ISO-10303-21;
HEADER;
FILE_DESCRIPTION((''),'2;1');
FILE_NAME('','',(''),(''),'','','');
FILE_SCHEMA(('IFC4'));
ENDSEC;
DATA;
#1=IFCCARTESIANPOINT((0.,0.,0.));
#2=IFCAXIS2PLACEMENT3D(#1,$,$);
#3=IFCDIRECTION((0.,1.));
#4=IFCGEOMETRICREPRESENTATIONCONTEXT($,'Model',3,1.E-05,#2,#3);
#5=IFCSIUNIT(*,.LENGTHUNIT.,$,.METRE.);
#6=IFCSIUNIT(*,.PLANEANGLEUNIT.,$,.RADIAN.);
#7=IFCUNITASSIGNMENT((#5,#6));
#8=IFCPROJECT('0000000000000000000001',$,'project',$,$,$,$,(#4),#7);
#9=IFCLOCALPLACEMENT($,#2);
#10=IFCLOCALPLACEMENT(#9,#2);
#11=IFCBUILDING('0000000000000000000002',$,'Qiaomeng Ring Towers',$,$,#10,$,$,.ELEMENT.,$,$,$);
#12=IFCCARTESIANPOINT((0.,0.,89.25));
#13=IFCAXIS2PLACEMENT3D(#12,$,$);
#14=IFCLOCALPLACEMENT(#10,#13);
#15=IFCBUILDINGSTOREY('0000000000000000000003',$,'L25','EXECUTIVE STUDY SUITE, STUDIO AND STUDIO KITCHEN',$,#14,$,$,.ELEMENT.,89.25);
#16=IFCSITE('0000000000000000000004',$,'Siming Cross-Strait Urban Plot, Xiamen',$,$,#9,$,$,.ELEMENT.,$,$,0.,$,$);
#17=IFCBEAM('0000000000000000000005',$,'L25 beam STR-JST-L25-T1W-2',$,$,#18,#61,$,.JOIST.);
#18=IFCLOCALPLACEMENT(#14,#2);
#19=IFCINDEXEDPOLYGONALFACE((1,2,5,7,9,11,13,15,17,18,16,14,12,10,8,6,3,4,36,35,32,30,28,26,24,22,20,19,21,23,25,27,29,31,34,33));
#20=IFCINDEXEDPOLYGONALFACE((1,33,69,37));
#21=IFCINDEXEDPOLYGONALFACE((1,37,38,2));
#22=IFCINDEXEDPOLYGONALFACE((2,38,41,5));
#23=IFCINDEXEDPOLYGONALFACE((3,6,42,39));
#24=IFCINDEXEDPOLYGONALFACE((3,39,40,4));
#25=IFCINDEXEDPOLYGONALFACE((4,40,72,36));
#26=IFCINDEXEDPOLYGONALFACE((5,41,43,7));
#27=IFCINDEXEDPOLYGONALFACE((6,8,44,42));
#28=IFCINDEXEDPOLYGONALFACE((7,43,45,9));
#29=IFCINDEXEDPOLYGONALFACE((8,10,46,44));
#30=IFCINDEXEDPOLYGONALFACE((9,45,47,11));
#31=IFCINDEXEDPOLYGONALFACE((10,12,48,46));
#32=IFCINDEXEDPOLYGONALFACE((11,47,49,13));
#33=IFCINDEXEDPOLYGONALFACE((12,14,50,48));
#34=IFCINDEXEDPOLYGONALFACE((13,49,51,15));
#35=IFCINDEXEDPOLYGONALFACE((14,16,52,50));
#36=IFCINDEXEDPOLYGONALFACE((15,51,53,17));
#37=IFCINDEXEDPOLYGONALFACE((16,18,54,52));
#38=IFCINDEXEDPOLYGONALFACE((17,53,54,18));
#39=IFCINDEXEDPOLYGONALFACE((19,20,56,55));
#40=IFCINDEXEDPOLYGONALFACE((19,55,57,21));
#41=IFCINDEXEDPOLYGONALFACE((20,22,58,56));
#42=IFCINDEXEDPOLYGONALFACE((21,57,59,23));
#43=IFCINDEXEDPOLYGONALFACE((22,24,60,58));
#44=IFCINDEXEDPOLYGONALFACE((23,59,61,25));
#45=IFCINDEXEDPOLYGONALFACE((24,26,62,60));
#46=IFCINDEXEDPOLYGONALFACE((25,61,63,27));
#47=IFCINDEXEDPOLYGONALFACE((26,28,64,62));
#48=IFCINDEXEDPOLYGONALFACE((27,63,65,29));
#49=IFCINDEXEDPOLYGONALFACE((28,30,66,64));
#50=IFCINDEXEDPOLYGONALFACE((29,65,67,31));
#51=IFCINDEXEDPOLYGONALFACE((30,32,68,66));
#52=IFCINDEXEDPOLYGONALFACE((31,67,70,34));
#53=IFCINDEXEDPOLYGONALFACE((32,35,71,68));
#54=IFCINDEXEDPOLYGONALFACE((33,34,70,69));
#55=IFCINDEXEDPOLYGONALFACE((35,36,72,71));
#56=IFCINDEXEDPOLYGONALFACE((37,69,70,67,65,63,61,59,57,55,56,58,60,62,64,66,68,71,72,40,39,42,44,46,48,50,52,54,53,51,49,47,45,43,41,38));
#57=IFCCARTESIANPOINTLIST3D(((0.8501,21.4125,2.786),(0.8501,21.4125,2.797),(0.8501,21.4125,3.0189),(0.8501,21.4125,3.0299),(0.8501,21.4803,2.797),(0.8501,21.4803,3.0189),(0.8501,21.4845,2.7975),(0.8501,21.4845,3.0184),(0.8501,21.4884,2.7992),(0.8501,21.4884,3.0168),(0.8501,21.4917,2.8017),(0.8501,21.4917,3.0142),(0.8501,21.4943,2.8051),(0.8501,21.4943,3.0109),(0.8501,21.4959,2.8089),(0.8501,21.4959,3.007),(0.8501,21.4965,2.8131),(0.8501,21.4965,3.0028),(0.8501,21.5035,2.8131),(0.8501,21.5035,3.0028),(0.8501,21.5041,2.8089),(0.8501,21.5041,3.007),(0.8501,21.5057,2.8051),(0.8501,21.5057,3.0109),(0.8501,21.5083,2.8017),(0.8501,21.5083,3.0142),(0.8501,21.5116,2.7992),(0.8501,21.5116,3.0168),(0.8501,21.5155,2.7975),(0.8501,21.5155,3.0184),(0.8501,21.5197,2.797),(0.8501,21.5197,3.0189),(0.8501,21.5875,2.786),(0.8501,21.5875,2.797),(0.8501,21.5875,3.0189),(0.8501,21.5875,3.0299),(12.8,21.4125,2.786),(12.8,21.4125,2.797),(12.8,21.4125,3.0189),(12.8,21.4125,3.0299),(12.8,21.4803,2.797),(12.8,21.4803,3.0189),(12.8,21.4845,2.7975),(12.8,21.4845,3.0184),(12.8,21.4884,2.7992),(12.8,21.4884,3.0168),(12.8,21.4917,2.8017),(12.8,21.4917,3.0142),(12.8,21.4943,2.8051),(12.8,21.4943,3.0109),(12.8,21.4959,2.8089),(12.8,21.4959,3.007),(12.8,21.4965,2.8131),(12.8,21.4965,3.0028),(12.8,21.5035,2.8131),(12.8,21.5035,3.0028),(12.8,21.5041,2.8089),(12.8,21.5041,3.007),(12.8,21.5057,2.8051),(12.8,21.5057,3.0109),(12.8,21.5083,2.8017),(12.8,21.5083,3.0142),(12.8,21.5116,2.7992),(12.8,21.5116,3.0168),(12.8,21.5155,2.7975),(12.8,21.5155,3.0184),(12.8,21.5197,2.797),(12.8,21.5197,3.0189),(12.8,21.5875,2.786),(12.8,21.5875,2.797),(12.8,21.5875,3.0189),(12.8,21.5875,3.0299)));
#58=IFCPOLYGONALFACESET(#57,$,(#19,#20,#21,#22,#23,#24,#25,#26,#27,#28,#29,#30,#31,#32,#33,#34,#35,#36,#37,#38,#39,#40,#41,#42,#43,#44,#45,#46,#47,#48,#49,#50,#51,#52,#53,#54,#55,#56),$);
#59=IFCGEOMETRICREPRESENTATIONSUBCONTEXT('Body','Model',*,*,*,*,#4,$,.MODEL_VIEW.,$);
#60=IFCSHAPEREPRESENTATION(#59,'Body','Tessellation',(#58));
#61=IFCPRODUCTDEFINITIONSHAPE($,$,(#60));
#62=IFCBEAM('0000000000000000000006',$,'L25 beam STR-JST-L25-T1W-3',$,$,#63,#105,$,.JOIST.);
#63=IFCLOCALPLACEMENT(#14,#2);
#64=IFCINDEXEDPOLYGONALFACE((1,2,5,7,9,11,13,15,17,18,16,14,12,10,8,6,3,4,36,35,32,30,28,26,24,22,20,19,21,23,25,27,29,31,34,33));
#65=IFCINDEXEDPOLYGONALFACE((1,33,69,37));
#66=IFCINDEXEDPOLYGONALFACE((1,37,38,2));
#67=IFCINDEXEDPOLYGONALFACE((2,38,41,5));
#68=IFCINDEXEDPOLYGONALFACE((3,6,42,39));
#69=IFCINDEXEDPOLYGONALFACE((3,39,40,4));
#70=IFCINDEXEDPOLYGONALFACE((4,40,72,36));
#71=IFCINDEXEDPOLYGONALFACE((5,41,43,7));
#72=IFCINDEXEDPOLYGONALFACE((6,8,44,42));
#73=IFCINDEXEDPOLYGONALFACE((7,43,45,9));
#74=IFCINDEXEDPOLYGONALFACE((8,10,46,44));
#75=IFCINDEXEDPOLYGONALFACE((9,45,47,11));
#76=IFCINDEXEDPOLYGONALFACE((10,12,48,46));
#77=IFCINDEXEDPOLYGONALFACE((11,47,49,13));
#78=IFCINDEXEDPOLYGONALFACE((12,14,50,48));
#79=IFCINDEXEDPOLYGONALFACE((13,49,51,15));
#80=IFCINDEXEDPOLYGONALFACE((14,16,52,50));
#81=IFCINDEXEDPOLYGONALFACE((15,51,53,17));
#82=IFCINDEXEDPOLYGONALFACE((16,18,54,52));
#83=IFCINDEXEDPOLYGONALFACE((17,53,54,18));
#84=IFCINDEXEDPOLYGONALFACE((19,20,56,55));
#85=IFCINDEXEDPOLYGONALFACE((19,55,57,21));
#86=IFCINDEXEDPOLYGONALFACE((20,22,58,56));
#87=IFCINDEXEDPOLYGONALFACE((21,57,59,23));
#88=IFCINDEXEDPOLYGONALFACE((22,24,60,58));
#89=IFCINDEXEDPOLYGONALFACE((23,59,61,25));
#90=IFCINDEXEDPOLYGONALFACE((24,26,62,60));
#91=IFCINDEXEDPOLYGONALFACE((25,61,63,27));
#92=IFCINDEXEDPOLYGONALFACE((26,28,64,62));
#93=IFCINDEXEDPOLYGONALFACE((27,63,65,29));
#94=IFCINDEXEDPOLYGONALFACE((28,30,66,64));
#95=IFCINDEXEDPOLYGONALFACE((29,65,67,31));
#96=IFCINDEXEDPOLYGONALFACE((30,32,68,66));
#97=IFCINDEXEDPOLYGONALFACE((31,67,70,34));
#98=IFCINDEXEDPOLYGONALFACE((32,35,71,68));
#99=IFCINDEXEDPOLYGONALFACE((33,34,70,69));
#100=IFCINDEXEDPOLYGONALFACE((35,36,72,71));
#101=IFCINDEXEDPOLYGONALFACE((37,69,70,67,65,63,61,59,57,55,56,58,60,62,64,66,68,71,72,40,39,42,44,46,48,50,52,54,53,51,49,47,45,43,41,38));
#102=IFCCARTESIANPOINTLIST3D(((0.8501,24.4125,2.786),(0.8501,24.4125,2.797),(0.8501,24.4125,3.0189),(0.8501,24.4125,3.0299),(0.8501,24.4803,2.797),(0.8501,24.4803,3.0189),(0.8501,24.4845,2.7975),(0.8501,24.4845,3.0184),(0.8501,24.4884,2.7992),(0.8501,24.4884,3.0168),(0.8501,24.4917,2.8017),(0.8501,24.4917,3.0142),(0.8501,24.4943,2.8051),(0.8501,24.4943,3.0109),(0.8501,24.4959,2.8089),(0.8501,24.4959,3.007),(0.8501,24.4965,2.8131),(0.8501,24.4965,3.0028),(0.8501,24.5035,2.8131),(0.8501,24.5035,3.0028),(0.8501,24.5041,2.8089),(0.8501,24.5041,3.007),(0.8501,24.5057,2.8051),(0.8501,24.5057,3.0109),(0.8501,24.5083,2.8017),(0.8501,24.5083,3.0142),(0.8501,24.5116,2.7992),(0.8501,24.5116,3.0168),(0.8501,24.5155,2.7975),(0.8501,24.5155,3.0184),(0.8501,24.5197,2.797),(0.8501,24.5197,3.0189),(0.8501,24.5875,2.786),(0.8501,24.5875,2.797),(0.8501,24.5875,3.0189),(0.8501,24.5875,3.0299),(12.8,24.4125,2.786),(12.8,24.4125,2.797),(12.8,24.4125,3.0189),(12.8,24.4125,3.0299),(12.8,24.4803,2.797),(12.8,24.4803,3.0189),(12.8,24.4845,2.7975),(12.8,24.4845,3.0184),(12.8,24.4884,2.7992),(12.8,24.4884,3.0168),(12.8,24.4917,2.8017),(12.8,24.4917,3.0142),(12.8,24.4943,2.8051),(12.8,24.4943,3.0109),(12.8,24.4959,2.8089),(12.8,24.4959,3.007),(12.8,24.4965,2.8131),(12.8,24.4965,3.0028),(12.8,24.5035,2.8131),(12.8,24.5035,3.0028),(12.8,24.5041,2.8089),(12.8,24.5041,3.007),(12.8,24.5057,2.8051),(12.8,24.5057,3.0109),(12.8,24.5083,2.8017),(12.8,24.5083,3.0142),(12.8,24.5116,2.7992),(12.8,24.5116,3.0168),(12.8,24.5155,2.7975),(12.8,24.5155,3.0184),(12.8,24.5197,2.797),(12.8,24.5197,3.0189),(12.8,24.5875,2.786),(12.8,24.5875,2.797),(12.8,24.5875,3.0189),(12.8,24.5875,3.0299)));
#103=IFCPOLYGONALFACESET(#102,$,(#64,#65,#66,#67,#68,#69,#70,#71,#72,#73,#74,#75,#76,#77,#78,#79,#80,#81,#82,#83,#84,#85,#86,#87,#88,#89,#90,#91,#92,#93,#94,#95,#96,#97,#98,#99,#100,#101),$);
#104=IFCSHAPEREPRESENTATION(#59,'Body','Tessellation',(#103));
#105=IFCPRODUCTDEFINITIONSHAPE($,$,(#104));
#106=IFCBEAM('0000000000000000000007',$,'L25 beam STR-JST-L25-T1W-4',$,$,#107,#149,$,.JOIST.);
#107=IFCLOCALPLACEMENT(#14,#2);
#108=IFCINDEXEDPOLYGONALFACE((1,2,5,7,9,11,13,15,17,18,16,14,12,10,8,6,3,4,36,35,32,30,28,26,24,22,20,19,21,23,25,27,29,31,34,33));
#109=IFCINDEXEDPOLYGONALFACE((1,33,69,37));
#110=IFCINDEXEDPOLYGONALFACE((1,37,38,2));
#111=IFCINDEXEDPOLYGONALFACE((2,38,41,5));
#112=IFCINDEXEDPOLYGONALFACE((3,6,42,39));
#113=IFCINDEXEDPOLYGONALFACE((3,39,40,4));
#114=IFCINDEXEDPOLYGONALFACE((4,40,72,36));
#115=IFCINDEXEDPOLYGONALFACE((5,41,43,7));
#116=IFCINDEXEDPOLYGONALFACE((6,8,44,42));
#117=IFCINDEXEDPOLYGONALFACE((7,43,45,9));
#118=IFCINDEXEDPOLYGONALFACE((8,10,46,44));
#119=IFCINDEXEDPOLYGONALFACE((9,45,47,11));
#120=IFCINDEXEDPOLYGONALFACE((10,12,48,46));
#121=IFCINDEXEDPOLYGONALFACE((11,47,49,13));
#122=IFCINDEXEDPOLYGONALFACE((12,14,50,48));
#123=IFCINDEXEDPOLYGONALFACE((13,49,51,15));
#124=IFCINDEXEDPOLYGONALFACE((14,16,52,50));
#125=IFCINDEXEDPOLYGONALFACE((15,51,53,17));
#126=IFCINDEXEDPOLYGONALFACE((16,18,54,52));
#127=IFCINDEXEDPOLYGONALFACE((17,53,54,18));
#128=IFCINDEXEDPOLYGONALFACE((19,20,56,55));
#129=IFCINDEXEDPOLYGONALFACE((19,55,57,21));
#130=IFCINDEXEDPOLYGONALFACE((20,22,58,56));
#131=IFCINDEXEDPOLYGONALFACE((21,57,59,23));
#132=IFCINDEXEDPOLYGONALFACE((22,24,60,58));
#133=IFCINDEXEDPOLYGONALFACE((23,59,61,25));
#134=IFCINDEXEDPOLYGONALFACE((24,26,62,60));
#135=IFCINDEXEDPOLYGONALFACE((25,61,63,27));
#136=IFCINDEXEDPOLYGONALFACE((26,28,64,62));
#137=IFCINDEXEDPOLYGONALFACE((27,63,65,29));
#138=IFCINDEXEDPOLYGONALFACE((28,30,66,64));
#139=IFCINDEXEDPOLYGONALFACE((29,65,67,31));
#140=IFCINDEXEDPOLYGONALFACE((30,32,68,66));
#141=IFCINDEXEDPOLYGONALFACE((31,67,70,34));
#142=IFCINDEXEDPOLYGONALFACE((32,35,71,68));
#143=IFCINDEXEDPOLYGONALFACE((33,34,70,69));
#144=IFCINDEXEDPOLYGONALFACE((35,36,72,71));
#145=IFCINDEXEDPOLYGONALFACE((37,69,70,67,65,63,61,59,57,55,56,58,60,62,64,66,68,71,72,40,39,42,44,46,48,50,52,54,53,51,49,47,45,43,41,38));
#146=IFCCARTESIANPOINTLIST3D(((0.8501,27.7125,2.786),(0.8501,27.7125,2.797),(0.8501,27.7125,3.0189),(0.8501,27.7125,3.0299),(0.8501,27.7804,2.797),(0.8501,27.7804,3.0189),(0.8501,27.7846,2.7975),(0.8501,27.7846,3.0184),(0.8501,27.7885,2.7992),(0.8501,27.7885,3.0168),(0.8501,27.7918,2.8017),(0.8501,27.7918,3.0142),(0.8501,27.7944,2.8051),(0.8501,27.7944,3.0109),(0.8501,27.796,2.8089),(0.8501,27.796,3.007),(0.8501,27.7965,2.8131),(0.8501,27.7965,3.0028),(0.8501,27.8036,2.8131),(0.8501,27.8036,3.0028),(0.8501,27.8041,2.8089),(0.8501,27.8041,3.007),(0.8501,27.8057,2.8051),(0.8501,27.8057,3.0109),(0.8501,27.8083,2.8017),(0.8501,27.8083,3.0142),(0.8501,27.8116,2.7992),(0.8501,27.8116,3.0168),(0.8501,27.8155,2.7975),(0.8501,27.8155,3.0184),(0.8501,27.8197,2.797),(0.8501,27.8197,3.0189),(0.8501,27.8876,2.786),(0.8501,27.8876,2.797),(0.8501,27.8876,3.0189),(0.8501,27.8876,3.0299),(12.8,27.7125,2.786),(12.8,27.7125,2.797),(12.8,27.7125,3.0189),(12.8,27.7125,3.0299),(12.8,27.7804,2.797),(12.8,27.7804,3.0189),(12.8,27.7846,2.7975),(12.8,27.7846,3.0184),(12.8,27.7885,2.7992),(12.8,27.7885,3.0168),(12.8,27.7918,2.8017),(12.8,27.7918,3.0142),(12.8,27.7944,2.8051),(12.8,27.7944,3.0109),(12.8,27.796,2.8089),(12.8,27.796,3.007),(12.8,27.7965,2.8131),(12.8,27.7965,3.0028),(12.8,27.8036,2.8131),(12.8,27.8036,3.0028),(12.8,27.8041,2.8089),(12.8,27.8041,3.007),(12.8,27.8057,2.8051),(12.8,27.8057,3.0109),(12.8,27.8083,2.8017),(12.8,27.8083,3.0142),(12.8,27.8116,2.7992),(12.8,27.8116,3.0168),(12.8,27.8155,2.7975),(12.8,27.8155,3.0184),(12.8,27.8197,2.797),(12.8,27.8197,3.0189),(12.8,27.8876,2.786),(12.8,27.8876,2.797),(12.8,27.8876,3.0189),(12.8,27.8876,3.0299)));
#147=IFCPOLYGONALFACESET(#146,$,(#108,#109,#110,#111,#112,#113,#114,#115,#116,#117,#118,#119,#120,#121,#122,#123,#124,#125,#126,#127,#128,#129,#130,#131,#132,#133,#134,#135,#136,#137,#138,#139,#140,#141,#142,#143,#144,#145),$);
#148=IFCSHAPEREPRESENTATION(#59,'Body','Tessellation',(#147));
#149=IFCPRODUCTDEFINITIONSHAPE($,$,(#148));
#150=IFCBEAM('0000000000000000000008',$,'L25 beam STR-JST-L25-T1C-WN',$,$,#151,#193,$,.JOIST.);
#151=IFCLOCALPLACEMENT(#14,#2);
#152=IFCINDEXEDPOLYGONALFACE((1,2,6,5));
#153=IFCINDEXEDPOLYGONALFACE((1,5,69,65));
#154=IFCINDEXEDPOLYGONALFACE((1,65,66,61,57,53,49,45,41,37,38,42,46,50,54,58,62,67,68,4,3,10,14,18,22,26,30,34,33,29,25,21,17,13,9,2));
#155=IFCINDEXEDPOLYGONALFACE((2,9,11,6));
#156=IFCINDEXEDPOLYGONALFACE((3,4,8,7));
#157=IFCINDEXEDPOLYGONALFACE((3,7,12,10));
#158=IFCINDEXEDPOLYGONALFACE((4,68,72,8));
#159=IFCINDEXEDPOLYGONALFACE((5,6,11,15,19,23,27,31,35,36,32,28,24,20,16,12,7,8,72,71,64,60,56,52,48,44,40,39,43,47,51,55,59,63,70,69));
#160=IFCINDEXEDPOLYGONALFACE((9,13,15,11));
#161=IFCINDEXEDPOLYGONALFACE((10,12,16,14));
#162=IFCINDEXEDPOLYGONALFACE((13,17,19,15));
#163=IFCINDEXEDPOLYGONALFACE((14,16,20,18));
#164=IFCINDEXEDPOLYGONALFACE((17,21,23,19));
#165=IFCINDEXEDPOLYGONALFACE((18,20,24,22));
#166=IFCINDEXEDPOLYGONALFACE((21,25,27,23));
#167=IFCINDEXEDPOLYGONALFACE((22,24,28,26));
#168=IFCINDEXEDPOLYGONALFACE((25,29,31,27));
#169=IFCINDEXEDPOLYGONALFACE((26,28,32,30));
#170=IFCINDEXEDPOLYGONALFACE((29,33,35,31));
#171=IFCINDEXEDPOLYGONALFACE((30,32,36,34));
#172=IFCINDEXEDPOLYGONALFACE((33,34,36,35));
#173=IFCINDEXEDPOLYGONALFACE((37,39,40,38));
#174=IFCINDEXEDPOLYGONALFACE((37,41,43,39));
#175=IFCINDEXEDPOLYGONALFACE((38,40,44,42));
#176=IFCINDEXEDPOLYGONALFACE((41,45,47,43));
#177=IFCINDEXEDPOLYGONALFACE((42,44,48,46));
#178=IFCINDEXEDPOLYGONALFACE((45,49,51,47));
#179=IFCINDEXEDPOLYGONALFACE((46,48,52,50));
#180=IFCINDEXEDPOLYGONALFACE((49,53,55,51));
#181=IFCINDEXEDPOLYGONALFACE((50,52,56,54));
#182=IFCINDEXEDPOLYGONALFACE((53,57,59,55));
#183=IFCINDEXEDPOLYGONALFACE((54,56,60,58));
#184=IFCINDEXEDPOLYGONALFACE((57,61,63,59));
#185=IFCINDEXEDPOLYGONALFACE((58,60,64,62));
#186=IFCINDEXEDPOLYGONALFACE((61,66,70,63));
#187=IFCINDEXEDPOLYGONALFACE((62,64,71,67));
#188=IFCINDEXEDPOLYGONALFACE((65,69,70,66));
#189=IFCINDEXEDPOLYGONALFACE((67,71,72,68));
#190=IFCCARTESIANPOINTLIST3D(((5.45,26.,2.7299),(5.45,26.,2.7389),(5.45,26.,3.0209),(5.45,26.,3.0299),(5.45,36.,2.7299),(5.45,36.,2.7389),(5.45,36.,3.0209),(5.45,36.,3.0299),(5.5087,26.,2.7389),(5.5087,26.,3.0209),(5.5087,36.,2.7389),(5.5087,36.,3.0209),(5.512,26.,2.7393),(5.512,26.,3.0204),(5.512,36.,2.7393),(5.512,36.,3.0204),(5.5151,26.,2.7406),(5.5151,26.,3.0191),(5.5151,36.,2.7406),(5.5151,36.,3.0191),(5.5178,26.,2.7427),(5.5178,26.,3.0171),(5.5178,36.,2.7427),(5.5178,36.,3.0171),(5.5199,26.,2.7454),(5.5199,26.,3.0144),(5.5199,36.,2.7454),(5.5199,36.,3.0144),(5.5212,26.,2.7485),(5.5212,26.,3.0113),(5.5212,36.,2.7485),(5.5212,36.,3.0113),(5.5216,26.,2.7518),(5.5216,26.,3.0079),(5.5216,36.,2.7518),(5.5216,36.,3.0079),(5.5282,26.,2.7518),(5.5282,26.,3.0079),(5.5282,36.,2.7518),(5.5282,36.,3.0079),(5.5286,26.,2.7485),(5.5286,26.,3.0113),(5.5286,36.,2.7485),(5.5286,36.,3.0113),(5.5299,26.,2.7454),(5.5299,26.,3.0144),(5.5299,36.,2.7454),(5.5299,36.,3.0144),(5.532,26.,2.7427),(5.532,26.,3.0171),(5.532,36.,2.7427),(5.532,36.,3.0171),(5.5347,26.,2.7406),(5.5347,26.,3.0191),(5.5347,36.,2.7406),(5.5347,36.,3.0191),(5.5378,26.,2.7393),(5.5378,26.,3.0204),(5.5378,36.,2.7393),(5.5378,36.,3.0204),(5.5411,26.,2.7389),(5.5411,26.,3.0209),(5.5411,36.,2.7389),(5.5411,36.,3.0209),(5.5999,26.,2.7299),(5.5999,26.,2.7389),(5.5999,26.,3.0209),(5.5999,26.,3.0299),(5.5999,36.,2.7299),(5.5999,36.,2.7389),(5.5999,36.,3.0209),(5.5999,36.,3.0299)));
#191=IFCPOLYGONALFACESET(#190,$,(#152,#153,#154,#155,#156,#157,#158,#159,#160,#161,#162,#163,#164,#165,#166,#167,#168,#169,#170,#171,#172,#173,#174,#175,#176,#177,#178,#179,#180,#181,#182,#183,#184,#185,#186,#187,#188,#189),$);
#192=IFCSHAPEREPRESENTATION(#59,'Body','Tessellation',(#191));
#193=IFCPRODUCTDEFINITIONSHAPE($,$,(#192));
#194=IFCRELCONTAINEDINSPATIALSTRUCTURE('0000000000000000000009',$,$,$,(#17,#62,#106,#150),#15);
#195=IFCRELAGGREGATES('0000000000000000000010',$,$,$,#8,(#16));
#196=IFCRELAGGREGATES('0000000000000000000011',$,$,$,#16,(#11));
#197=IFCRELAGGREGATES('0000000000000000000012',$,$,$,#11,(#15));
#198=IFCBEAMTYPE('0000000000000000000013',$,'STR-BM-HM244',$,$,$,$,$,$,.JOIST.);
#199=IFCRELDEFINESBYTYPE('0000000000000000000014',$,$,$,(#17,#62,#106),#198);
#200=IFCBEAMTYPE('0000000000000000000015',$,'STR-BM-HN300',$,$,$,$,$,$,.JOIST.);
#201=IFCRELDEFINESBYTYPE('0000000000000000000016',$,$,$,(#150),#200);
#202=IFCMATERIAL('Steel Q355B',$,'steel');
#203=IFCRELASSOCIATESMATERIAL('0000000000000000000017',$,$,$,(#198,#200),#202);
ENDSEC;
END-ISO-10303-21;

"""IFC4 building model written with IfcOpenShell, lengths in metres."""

from ifc_helpers import new_model, si_unit, direction, frame, origin, origin_2d, place, context, subcontext, project, spatial, i_section, extrude, source, transform, mapped, material, material_profile, profile_set, type_object, element, save


model = new_model("IFC4")

# Units and contexts
model_context = context("Model", 3, precision=1e-05, world=origin(), true_north=direction((0.0, 1.0)))
body_context = subcontext(model_context, "Body", "Model", "MODEL_VIEW")
ifc_project = project(units=[si_unit("LENGTHUNIT", "METRE"), si_unit("PLANEANGLEUNIT", "RADIAN")], contexts=[model_context])

# Site, building, storey
site_placement = place(None, origin())
site = spatial("IfcSite", under=ifc_project, at=site_placement, Name="Siming Cross-Strait Urban Plot, Xiamen", CompositionType="ELEMENT", RefElevation=0.0)
building_placement = place(site_placement, origin())
building = spatial("IfcBuilding", under=site, at=building_placement, Name="Qiaomeng Ring Towers", CompositionType="ELEMENT")
storey_placement = place(building_placement, frame((0.0, 0.0, 89.25)))
storey = spatial("IfcBuildingStorey", under=building, at=storey_placement, Name="L25", Description="EXECUTIVE STUDY SUITE, STUDIO AND STUDIO KITCHEN", CompositionType="ELEMENT", Elevation=89.25)

# Beams
ifc_material_1 = material(Name="Steel Q355B", Category="steel")
ifc_material_profile_1 = material_profile(ifc_material_1, i_section(OverallWidth=0.175, OverallDepth=0.2439, WebThickness=0.0071, FlangeThickness=0.011, FilletRadius=0.0161, at=origin_2d()), Name="HM 244x175x7x11")
ifc_profile_set_1 = profile_set([ifc_material_profile_1], Name="Steel Q355B")
beam_type_1 = type_object("IfcBeamType", Name="STR-BM-HM244", PredefinedType="JOIST", material=ifc_profile_set_1)
shared_shape_1 = source(origin(), body_context, "Body", "SweptSolid", [
    extrude(i_section(OverallWidth=0.175, OverallDepth=0.2439, WebThickness=0.0071, FlangeThickness=0.011, FilletRadius=0.0161, at=origin_2d()), origin(), (0.0, 0.0, 1.0), 11.95),
])
for number, where, z_axis, x_axis, name in (
    (1, (0.8501, 21.5, 2.908), (1.0, 0.0, 0.0), (0.0, 1.0, 0.0), "L25 beam STR-JST-L25-T1W-2"),
    (2, (0.8501, 24.5, 2.908), (1.0, 0.0, 0.0), (0.0, 1.0, 0.0), "L25 beam STR-JST-L25-T1W-3"),
    (3, (0.8501, 27.8, 2.908), (1.0, 0.0, 0.0), (0.0, 1.0, 0.0), "L25 beam STR-JST-L25-T1W-4"),
):
    element("IfcBeam", number, at=place(storey_placement, frame(where, z_axis=z_axis, x_axis=x_axis)), inside=storey, type_object=beam_type_1, Name=name, PredefinedType="JOIST", context=body_context, shape_type="MappedRepresentation", body=[
        mapped(shared_shape_1, transform((0.0, 0.0, 0.0), x_axis=(1.0, 0.0, 0.0), y_axis=(0.0, 1.0, 0.0), z_axis=(0.0, 0.0, 1.0), scale=1.0)),
    ])
ifc_material_profile_2 = material_profile(ifc_material_1, i_section(OverallWidth=0.1499, OverallDepth=0.3, WebThickness=0.0066, FlangeThickness=0.009, FilletRadius=0.0129, at=origin_2d()), Name="HN 300x150x6.5x9")
ifc_profile_set_2 = profile_set([ifc_material_profile_2], Name="Steel Q355B")
beam_type_2 = type_object("IfcBeamType", Name="STR-BM-HN300", PredefinedType="JOIST", material=ifc_profile_set_2)
shared_shape_2 = source(origin(), body_context, "Body", "SweptSolid", [
    extrude(i_section(OverallWidth=0.1499, OverallDepth=0.3, WebThickness=0.0066, FlangeThickness=0.009, FilletRadius=0.0129, at=origin_2d()), origin(), (0.0, 0.0, 1.0), 10.0),
])
beam_1_placement = place(storey_placement, frame((5.5249, 26.0, 2.8799), z_axis=(0.0, 1.0, 0.0), x_axis=(-1.0, 0.0, 0.0)))
element("IfcBeam", 4, at=beam_1_placement, inside=storey, type_object=beam_type_2, Name="L25 beam STR-JST-L25-T1C-WN", PredefinedType="JOIST", context=body_context, shape_type="MappedRepresentation", body=[
    mapped(shared_shape_2, transform((0.0, 0.0, 0.0), x_axis=(1.0, 0.0, 0.0), y_axis=(0.0, 1.0, 0.0), z_axis=(0.0, 0.0, 1.0), scale=1.0)),
])

save(model, "model.ifc")
